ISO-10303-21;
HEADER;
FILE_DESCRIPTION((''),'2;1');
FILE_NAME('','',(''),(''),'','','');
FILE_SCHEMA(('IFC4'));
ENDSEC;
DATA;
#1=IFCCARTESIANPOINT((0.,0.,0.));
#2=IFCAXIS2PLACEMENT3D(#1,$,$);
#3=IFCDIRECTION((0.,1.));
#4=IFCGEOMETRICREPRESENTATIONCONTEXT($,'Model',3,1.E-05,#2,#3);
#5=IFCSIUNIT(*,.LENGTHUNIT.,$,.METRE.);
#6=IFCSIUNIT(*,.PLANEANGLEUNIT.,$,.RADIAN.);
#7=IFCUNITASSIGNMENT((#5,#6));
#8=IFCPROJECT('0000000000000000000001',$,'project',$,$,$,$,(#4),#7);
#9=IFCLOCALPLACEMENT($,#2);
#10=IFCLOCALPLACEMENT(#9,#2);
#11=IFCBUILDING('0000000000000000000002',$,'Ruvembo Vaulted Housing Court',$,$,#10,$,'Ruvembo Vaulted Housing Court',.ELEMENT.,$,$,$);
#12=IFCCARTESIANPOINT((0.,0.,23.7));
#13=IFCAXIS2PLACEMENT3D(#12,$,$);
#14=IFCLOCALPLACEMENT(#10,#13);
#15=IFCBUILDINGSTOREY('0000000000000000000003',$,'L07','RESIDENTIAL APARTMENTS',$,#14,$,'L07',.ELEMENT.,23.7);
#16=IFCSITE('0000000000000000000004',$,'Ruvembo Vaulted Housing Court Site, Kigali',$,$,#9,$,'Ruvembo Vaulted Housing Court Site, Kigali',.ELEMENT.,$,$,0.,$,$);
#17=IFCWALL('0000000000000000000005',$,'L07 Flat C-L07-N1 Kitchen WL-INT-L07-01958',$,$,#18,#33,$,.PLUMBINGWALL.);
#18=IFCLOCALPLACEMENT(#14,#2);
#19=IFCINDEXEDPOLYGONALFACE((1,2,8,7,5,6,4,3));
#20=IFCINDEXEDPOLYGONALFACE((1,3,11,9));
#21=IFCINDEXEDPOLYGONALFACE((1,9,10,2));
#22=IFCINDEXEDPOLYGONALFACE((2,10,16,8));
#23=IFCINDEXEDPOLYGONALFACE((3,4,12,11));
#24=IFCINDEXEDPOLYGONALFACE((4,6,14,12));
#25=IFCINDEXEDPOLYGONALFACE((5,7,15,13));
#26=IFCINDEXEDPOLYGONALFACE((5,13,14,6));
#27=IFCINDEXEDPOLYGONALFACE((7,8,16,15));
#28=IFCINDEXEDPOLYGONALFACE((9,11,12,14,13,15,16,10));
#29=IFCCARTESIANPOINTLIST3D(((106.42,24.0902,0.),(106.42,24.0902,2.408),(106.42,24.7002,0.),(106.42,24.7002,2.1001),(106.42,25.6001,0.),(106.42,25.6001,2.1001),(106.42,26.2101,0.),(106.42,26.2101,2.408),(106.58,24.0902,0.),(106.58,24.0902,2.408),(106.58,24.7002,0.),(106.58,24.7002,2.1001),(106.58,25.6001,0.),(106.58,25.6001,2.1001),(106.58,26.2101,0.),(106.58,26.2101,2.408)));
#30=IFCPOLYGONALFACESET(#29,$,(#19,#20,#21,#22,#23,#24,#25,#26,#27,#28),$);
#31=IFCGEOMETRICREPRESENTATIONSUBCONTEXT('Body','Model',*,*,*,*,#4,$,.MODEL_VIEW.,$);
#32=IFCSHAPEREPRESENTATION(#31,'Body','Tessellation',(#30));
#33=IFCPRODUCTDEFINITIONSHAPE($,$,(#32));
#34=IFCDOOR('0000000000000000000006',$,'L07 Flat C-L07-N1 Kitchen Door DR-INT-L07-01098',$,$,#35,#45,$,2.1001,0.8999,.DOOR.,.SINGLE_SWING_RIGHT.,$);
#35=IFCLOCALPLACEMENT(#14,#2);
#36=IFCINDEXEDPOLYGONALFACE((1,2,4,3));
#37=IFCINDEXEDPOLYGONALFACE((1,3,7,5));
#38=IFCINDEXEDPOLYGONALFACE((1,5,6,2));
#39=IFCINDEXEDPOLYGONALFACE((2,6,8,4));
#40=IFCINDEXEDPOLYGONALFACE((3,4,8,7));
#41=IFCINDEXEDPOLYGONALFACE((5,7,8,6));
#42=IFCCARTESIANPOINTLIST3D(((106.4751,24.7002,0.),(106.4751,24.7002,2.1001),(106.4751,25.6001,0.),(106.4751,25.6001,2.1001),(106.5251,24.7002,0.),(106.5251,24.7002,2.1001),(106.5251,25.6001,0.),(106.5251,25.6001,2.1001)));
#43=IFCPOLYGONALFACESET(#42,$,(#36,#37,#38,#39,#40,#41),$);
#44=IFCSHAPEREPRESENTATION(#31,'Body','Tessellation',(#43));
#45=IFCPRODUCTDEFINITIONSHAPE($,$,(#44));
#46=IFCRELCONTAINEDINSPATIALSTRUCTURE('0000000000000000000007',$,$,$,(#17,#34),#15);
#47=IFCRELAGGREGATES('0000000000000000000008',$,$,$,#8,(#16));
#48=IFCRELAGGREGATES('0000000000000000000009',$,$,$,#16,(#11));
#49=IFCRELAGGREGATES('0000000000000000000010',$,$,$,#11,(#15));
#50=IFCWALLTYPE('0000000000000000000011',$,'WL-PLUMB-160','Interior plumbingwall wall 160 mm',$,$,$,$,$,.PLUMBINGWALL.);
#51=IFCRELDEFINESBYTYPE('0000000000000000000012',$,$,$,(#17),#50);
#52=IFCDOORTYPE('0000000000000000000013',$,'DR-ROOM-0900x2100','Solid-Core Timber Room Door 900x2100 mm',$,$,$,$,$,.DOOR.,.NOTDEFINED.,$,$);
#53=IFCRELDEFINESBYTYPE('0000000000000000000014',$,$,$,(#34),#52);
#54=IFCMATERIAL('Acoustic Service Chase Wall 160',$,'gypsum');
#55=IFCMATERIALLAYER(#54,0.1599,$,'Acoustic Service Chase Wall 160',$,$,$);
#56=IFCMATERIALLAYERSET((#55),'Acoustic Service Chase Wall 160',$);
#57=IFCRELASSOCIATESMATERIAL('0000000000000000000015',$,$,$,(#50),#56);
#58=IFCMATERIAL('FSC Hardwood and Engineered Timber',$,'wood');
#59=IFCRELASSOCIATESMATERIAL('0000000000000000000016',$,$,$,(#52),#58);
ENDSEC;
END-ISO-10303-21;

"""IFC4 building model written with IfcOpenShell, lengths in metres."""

from ifc_helpers import new_model, si_unit, direction, frame, frame_2d, origin, place, context, subcontext, project, spatial, rectangle, extrude, material, layer, layer_set, type_object, element, fill, save


model = new_model("IFC4")

# Units and contexts
model_context = context("Model", 3, precision=1e-05, world=origin(), true_north=direction((0.0, 1.0)))
body_context = subcontext(model_context, "Body", "Model", "MODEL_VIEW")
ifc_project = project(units=[si_unit("LENGTHUNIT", "METRE"), si_unit("PLANEANGLEUNIT", "RADIAN")], contexts=[model_context])

# Site, building, storey
site_placement = place(None, origin())
site = spatial("IfcSite", under=ifc_project, at=site_placement, Name="Ruvembo Vaulted Housing Court Site, Kigali", LongName="Ruvembo Vaulted Housing Court Site, Kigali", CompositionType="ELEMENT", RefElevation=0.0)
building_placement = place(site_placement, origin())
building = spatial("IfcBuilding", under=site, at=building_placement, Name="Ruvembo Vaulted Housing Court", LongName="Ruvembo Vaulted Housing Court", CompositionType="ELEMENT")
storey_placement = place(building_placement, frame((0.0, 0.0, 23.7)))
storey = spatial("IfcBuildingStorey", under=building, at=storey_placement, Name="L07", Description="RESIDENTIAL APARTMENTS", LongName="L07", CompositionType="ELEMENT", Elevation=23.7)

# Shared definitions
ifc_material_1 = material(Name="FSC Hardwood and Engineered Timber", Category="wood")

# Wall, opening, door
ifc_material_2 = material(Name="Acoustic Service Chase Wall 160", Category="gypsum")
ifc_layer_1 = layer(ifc_material_2, 0.1599, Name="Acoustic Service Chase Wall 160")
ifc_layer_set_1 = layer_set([ifc_layer_1], Name="Acoustic Service Chase Wall 160")
wall_type_1 = type_object("IfcWallType", Name="WL-PLUMB-160", Description="Interior plumbingwall wall 160 mm", PredefinedType="PLUMBINGWALL", material=ifc_layer_set_1)
wall_1_placement = place(storey_placement, frame((106.5, 24.0901, 0.0), z_axis=(0.0, 0.0, 1.0), x_axis=(0.0, 1.0, 0.0)))
wall_1 = element("IfcWall", 1, at=wall_1_placement, inside=storey, type_object=wall_type_1, Name="L07 Flat C-L07-N1 Kitchen WL-INT-L07-01958", PredefinedType="PLUMBINGWALL", context=body_context, shape_type="SweptSolid", body=[
    extrude(rectangle(XDim=2.1199, YDim=0.1599, at=frame_2d((1.0601, 0.0))), origin(), (0.0, 0.0, 1.0), 2.408),
])
opening_1_placement = place(wall_1_placement, frame((0.6101, 0.0, 0.0)))
opening_1 = element("IfcOpeningElement", 2, at=opening_1_placement, cuts=wall_1, PredefinedType="OPENING", context=body_context, shape_type="SweptSolid", body=[
    extrude(rectangle(XDim=0.8999, YDim=2.1001, at=frame_2d((0.45, 1.05))), frame((0.0, 0.0898, 0.0), z_axis=(0.0, -1.0, 0.0), x_axis=(1.0, 0.0, 0.0)), (0.0, 0.0, 1.0), 0.1799),
])
door_type_1 = type_object("IfcDoorType", Name="DR-ROOM-0900x2100", Description="Solid-Core Timber Room Door 900x2100 mm", OperationType="NOTDEFINED", PredefinedType="DOOR", material=ifc_material_1)
door_1_placement = place(opening_1_placement, origin())
door_1 = element("IfcDoor", 3, at=door_1_placement, inside=storey, type_object=door_type_1, Name="L07 Flat C-L07-N1 Kitchen Door DR-INT-L07-01098", OperationType="SINGLE_SWING_RIGHT", OverallHeight=2.1001, OverallWidth=0.8999, PredefinedType="DOOR", context=body_context, shape_type="SweptSolid", body=[
    extrude(rectangle(XDim=0.8999, YDim=2.1001, at=frame_2d((0.45, 1.05))), frame((0.0, 0.0249, 0.0), z_axis=(0.0, -1.0, 0.0), x_axis=(1.0, 0.0, 0.0)), (0.0, 0.0, 1.0), 0.05),
])
fill(opening_1, door_1)

save(model, "model.ifc")
